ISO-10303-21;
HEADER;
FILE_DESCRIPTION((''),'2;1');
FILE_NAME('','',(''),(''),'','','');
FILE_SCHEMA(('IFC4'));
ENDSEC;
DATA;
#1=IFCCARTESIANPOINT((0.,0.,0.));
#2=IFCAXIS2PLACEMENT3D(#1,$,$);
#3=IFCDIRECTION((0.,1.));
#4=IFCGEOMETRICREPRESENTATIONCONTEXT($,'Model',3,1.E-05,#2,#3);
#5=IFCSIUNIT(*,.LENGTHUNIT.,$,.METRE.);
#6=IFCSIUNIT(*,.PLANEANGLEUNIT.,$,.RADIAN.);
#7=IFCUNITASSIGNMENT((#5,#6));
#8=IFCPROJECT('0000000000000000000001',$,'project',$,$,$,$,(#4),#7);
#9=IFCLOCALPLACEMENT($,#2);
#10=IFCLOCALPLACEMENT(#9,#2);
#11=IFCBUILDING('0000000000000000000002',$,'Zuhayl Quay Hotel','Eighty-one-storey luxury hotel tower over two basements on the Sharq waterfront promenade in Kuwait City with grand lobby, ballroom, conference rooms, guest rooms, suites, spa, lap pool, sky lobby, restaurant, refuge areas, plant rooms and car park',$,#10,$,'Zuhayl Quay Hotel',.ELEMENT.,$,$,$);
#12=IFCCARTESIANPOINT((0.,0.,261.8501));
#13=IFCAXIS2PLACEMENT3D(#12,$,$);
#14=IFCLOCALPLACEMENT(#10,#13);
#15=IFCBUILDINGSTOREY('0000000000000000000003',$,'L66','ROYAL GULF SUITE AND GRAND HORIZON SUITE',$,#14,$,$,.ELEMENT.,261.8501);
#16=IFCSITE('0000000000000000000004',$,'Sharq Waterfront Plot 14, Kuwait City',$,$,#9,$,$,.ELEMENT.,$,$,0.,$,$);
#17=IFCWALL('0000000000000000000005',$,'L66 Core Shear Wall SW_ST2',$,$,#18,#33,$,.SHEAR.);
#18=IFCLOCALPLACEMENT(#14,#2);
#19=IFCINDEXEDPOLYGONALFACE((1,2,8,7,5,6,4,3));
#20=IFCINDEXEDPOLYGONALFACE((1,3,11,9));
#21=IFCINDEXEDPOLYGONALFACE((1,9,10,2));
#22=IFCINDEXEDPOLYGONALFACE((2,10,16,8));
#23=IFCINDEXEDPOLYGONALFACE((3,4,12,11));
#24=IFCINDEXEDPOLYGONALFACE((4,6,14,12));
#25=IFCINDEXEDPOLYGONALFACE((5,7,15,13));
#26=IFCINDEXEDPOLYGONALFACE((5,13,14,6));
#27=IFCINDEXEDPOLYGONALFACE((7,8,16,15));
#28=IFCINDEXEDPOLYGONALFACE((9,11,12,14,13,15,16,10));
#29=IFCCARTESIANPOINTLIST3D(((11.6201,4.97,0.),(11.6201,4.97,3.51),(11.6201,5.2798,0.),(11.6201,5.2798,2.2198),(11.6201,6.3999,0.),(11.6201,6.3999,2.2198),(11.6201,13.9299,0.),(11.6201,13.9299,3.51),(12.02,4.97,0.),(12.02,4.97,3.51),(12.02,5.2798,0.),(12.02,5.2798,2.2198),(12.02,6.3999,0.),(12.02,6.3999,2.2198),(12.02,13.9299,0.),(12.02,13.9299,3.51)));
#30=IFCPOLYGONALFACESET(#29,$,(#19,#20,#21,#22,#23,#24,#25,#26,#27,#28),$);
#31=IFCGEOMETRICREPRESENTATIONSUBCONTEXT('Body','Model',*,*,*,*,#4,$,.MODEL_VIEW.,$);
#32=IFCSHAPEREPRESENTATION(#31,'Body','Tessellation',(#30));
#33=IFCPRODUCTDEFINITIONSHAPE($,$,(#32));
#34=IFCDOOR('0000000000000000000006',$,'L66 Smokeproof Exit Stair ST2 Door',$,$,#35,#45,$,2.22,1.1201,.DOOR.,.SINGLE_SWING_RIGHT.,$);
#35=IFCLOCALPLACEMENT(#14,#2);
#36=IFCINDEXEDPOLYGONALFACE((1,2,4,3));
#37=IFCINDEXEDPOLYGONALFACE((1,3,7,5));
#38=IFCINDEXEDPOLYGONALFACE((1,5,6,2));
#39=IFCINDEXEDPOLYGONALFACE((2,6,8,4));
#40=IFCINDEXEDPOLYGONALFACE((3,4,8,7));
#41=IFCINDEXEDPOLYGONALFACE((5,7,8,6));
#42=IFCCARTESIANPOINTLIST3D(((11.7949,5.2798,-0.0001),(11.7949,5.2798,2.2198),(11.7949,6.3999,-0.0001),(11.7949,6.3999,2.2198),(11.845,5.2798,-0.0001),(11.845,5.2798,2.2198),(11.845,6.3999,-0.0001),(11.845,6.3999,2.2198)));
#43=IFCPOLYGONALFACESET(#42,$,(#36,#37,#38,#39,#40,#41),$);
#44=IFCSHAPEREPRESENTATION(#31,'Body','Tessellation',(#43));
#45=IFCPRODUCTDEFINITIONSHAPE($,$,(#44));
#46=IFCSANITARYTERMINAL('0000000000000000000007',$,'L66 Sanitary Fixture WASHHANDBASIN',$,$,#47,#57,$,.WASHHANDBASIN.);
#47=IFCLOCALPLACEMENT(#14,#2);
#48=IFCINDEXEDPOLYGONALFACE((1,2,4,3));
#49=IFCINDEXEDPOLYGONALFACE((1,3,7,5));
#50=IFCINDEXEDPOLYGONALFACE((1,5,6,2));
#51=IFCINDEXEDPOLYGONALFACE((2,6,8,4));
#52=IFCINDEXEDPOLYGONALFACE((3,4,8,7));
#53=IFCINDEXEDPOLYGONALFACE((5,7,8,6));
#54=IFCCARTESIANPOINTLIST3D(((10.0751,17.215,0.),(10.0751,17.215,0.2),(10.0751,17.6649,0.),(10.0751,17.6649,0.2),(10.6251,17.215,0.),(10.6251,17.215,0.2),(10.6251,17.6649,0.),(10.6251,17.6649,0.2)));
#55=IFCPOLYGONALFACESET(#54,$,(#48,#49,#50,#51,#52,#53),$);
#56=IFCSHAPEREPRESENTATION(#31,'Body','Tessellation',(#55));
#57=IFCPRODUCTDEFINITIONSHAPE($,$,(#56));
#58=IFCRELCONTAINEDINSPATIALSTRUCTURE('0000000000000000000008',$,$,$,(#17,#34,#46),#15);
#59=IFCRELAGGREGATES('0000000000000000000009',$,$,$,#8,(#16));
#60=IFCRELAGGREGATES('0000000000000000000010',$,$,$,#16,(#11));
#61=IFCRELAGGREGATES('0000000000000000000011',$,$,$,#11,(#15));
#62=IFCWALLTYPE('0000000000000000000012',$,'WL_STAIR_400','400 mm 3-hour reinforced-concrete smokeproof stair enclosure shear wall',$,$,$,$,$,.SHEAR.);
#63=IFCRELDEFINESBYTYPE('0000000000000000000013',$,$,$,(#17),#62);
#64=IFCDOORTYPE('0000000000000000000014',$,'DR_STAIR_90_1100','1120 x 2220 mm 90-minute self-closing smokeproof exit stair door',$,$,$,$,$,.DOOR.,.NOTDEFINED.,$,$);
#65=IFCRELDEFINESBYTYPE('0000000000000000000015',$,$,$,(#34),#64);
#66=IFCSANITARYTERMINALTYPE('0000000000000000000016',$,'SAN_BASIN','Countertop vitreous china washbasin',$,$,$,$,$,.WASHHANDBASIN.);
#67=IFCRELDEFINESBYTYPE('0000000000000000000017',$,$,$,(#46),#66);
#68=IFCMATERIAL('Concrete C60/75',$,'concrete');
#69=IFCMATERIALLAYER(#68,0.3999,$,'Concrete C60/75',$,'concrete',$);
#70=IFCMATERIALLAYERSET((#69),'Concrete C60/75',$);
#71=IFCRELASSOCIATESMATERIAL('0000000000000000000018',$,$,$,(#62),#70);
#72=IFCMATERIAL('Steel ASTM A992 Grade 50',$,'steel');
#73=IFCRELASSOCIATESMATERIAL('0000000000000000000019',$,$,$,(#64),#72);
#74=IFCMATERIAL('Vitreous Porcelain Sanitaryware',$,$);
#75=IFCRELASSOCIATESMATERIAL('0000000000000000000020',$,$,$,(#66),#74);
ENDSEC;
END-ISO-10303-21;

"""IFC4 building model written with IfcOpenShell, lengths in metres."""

from ifc_helpers import new_model, si_unit, direction, frame, frame_2d, origin, origin_2d, place, context, subcontext, project, spatial, rectangle, extrude, material, layer, layer_set, type_object, element, fill, save


model = new_model("IFC4")

# Units and contexts
model_context = context("Model", 3, precision=1e-05, world=origin(), true_north=direction((0.0, 1.0)))
body_context = subcontext(model_context, "Body", "Model", "MODEL_VIEW")
ifc_project = project(units=[si_unit("LENGTHUNIT", "METRE"), si_unit("PLANEANGLEUNIT", "RADIAN")], contexts=[model_context])

# Site, building, storey
site_placement = place(None, origin())
site = spatial("IfcSite", under=ifc_project, at=site_placement, Name="Sharq Waterfront Plot 14, Kuwait City", CompositionType="ELEMENT", RefElevation=0.0)
building_placement = place(site_placement, origin())
building = spatial("IfcBuilding", under=site, at=building_placement, Name="Zuhayl Quay Hotel", Description="Eighty-one-storey luxury hotel tower over two basements on the Sharq waterfront promenade in Kuwait City with grand lobby, ballroom, conference rooms, guest rooms, suites, spa, lap pool, sky lobby, restaurant, refuge areas, plant rooms and car park", LongName="Zuhayl Quay Hotel", CompositionType="ELEMENT")
storey_placement = place(building_placement, frame((0.0, 0.0, 261.8501)))
storey = spatial("IfcBuildingStorey", under=building, at=storey_placement, Name="L66", Description="ROYAL GULF SUITE AND GRAND HORIZON SUITE", CompositionType="ELEMENT", Elevation=261.8501)

# Shared definitions
ifc_material_1 = material(Name="Concrete C60/75", Category="concrete")

# Shared definitions
ifc_material_2 = material(Name="Steel ASTM A992 Grade 50", Category="steel")

# Wall, opening, door
ifc_layer_1 = layer(ifc_material_1, 0.3999, Name="Concrete C60/75", Category="concrete")
ifc_layer_set_1 = layer_set([ifc_layer_1], Name="Concrete C60/75")
wall_type_1 = type_object("IfcWallType", Name="WL_STAIR_400", Description="400 mm 3-hour reinforced-concrete smokeproof stair enclosure shear wall", PredefinedType="SHEAR", material=ifc_layer_set_1)
wall_1_placement = place(storey_placement, frame((11.8201, 13.9299, 0.0), z_axis=(0.0, 0.0, 1.0), x_axis=(0.0, -1.0, 0.0)))
wall_1 = element("IfcWall", 1, at=wall_1_placement, inside=storey, type_object=wall_type_1, Name="L66 Core Shear Wall SW_ST2", PredefinedType="SHEAR", context=body_context, shape_type="SweptSolid", body=[
    extrude(rectangle(XDim=8.96, YDim=0.3999, at=frame_2d((4.48, 0.0))), origin(), (0.0, 0.0, 1.0), 3.51),
])
opening_1_placement = place(wall_1_placement, frame((7.53, 0.0, 0.0)))
opening_1 = element("IfcOpeningElement", 2, at=opening_1_placement, cuts=wall_1, PredefinedType="OPENING", context=body_context, shape_type="SweptSolid", body=[
    extrude(rectangle(XDim=1.1201, YDim=2.22, at=frame_2d((0.5601, 1.1099))), frame((0.0, 0.21, 0.0), z_axis=(0.0, -1.0, 0.0), x_axis=(1.0, 0.0, 0.0)), (0.0, 0.0, 1.0), 0.4199),
])
door_type_1 = type_object("IfcDoorType", Name="DR_STAIR_90_1100", Description="1120 x 2220 mm 90-minute self-closing smokeproof exit stair door", OperationType="NOTDEFINED", PredefinedType="DOOR", material=ifc_material_2)
door_1_placement = place(opening_1_placement, origin())
door_1 = element("IfcDoor", 3, at=door_1_placement, inside=storey, type_object=door_type_1, Name="L66 Smokeproof Exit Stair ST2 Door", OperationType="SINGLE_SWING_RIGHT", OverallHeight=2.22, OverallWidth=1.1201, PredefinedType="DOOR", context=body_context, shape_type="SweptSolid", body=[
    extrude(rectangle(XDim=1.1201, YDim=2.22, at=frame_2d((0.5601, 1.1099))), frame((0.0, 0.0249, 0.0), z_axis=(0.0, -1.0, 0.0), x_axis=(1.0, 0.0, 0.0)), (0.0, 0.0, 1.0), 0.05),
])
fill(opening_1, door_1)

# Sanitary terminal
ifc_material_3 = material(Name="Vitreous Porcelain Sanitaryware")
sanitary_terminal_type = type_object("IfcSanitaryTerminalType", Name="SAN_BASIN", Description="Countertop vitreous china washbasin", PredefinedType="WASHHANDBASIN", material=ifc_material_3)
sanitary_terminal_placement = place(storey_placement, frame((10.3501, 17.4399, 0.0), z_axis=(0.0, 0.0, 1.0), x_axis=(1.0, 0.0, 0.0)))
element("IfcSanitaryTerminal", 4, at=sanitary_terminal_placement, inside=storey, type_object=sanitary_terminal_type, Name="L66 Sanitary Fixture WASHHANDBASIN", PredefinedType="WASHHANDBASIN", context=body_context, shape_type="SweptSolid", body=[
    extrude(rectangle(XDim=0.55, YDim=0.45, at=origin_2d()), origin(), (0.0, 0.0, 1.0), 0.2),
])

save(model, "model.ifc")
